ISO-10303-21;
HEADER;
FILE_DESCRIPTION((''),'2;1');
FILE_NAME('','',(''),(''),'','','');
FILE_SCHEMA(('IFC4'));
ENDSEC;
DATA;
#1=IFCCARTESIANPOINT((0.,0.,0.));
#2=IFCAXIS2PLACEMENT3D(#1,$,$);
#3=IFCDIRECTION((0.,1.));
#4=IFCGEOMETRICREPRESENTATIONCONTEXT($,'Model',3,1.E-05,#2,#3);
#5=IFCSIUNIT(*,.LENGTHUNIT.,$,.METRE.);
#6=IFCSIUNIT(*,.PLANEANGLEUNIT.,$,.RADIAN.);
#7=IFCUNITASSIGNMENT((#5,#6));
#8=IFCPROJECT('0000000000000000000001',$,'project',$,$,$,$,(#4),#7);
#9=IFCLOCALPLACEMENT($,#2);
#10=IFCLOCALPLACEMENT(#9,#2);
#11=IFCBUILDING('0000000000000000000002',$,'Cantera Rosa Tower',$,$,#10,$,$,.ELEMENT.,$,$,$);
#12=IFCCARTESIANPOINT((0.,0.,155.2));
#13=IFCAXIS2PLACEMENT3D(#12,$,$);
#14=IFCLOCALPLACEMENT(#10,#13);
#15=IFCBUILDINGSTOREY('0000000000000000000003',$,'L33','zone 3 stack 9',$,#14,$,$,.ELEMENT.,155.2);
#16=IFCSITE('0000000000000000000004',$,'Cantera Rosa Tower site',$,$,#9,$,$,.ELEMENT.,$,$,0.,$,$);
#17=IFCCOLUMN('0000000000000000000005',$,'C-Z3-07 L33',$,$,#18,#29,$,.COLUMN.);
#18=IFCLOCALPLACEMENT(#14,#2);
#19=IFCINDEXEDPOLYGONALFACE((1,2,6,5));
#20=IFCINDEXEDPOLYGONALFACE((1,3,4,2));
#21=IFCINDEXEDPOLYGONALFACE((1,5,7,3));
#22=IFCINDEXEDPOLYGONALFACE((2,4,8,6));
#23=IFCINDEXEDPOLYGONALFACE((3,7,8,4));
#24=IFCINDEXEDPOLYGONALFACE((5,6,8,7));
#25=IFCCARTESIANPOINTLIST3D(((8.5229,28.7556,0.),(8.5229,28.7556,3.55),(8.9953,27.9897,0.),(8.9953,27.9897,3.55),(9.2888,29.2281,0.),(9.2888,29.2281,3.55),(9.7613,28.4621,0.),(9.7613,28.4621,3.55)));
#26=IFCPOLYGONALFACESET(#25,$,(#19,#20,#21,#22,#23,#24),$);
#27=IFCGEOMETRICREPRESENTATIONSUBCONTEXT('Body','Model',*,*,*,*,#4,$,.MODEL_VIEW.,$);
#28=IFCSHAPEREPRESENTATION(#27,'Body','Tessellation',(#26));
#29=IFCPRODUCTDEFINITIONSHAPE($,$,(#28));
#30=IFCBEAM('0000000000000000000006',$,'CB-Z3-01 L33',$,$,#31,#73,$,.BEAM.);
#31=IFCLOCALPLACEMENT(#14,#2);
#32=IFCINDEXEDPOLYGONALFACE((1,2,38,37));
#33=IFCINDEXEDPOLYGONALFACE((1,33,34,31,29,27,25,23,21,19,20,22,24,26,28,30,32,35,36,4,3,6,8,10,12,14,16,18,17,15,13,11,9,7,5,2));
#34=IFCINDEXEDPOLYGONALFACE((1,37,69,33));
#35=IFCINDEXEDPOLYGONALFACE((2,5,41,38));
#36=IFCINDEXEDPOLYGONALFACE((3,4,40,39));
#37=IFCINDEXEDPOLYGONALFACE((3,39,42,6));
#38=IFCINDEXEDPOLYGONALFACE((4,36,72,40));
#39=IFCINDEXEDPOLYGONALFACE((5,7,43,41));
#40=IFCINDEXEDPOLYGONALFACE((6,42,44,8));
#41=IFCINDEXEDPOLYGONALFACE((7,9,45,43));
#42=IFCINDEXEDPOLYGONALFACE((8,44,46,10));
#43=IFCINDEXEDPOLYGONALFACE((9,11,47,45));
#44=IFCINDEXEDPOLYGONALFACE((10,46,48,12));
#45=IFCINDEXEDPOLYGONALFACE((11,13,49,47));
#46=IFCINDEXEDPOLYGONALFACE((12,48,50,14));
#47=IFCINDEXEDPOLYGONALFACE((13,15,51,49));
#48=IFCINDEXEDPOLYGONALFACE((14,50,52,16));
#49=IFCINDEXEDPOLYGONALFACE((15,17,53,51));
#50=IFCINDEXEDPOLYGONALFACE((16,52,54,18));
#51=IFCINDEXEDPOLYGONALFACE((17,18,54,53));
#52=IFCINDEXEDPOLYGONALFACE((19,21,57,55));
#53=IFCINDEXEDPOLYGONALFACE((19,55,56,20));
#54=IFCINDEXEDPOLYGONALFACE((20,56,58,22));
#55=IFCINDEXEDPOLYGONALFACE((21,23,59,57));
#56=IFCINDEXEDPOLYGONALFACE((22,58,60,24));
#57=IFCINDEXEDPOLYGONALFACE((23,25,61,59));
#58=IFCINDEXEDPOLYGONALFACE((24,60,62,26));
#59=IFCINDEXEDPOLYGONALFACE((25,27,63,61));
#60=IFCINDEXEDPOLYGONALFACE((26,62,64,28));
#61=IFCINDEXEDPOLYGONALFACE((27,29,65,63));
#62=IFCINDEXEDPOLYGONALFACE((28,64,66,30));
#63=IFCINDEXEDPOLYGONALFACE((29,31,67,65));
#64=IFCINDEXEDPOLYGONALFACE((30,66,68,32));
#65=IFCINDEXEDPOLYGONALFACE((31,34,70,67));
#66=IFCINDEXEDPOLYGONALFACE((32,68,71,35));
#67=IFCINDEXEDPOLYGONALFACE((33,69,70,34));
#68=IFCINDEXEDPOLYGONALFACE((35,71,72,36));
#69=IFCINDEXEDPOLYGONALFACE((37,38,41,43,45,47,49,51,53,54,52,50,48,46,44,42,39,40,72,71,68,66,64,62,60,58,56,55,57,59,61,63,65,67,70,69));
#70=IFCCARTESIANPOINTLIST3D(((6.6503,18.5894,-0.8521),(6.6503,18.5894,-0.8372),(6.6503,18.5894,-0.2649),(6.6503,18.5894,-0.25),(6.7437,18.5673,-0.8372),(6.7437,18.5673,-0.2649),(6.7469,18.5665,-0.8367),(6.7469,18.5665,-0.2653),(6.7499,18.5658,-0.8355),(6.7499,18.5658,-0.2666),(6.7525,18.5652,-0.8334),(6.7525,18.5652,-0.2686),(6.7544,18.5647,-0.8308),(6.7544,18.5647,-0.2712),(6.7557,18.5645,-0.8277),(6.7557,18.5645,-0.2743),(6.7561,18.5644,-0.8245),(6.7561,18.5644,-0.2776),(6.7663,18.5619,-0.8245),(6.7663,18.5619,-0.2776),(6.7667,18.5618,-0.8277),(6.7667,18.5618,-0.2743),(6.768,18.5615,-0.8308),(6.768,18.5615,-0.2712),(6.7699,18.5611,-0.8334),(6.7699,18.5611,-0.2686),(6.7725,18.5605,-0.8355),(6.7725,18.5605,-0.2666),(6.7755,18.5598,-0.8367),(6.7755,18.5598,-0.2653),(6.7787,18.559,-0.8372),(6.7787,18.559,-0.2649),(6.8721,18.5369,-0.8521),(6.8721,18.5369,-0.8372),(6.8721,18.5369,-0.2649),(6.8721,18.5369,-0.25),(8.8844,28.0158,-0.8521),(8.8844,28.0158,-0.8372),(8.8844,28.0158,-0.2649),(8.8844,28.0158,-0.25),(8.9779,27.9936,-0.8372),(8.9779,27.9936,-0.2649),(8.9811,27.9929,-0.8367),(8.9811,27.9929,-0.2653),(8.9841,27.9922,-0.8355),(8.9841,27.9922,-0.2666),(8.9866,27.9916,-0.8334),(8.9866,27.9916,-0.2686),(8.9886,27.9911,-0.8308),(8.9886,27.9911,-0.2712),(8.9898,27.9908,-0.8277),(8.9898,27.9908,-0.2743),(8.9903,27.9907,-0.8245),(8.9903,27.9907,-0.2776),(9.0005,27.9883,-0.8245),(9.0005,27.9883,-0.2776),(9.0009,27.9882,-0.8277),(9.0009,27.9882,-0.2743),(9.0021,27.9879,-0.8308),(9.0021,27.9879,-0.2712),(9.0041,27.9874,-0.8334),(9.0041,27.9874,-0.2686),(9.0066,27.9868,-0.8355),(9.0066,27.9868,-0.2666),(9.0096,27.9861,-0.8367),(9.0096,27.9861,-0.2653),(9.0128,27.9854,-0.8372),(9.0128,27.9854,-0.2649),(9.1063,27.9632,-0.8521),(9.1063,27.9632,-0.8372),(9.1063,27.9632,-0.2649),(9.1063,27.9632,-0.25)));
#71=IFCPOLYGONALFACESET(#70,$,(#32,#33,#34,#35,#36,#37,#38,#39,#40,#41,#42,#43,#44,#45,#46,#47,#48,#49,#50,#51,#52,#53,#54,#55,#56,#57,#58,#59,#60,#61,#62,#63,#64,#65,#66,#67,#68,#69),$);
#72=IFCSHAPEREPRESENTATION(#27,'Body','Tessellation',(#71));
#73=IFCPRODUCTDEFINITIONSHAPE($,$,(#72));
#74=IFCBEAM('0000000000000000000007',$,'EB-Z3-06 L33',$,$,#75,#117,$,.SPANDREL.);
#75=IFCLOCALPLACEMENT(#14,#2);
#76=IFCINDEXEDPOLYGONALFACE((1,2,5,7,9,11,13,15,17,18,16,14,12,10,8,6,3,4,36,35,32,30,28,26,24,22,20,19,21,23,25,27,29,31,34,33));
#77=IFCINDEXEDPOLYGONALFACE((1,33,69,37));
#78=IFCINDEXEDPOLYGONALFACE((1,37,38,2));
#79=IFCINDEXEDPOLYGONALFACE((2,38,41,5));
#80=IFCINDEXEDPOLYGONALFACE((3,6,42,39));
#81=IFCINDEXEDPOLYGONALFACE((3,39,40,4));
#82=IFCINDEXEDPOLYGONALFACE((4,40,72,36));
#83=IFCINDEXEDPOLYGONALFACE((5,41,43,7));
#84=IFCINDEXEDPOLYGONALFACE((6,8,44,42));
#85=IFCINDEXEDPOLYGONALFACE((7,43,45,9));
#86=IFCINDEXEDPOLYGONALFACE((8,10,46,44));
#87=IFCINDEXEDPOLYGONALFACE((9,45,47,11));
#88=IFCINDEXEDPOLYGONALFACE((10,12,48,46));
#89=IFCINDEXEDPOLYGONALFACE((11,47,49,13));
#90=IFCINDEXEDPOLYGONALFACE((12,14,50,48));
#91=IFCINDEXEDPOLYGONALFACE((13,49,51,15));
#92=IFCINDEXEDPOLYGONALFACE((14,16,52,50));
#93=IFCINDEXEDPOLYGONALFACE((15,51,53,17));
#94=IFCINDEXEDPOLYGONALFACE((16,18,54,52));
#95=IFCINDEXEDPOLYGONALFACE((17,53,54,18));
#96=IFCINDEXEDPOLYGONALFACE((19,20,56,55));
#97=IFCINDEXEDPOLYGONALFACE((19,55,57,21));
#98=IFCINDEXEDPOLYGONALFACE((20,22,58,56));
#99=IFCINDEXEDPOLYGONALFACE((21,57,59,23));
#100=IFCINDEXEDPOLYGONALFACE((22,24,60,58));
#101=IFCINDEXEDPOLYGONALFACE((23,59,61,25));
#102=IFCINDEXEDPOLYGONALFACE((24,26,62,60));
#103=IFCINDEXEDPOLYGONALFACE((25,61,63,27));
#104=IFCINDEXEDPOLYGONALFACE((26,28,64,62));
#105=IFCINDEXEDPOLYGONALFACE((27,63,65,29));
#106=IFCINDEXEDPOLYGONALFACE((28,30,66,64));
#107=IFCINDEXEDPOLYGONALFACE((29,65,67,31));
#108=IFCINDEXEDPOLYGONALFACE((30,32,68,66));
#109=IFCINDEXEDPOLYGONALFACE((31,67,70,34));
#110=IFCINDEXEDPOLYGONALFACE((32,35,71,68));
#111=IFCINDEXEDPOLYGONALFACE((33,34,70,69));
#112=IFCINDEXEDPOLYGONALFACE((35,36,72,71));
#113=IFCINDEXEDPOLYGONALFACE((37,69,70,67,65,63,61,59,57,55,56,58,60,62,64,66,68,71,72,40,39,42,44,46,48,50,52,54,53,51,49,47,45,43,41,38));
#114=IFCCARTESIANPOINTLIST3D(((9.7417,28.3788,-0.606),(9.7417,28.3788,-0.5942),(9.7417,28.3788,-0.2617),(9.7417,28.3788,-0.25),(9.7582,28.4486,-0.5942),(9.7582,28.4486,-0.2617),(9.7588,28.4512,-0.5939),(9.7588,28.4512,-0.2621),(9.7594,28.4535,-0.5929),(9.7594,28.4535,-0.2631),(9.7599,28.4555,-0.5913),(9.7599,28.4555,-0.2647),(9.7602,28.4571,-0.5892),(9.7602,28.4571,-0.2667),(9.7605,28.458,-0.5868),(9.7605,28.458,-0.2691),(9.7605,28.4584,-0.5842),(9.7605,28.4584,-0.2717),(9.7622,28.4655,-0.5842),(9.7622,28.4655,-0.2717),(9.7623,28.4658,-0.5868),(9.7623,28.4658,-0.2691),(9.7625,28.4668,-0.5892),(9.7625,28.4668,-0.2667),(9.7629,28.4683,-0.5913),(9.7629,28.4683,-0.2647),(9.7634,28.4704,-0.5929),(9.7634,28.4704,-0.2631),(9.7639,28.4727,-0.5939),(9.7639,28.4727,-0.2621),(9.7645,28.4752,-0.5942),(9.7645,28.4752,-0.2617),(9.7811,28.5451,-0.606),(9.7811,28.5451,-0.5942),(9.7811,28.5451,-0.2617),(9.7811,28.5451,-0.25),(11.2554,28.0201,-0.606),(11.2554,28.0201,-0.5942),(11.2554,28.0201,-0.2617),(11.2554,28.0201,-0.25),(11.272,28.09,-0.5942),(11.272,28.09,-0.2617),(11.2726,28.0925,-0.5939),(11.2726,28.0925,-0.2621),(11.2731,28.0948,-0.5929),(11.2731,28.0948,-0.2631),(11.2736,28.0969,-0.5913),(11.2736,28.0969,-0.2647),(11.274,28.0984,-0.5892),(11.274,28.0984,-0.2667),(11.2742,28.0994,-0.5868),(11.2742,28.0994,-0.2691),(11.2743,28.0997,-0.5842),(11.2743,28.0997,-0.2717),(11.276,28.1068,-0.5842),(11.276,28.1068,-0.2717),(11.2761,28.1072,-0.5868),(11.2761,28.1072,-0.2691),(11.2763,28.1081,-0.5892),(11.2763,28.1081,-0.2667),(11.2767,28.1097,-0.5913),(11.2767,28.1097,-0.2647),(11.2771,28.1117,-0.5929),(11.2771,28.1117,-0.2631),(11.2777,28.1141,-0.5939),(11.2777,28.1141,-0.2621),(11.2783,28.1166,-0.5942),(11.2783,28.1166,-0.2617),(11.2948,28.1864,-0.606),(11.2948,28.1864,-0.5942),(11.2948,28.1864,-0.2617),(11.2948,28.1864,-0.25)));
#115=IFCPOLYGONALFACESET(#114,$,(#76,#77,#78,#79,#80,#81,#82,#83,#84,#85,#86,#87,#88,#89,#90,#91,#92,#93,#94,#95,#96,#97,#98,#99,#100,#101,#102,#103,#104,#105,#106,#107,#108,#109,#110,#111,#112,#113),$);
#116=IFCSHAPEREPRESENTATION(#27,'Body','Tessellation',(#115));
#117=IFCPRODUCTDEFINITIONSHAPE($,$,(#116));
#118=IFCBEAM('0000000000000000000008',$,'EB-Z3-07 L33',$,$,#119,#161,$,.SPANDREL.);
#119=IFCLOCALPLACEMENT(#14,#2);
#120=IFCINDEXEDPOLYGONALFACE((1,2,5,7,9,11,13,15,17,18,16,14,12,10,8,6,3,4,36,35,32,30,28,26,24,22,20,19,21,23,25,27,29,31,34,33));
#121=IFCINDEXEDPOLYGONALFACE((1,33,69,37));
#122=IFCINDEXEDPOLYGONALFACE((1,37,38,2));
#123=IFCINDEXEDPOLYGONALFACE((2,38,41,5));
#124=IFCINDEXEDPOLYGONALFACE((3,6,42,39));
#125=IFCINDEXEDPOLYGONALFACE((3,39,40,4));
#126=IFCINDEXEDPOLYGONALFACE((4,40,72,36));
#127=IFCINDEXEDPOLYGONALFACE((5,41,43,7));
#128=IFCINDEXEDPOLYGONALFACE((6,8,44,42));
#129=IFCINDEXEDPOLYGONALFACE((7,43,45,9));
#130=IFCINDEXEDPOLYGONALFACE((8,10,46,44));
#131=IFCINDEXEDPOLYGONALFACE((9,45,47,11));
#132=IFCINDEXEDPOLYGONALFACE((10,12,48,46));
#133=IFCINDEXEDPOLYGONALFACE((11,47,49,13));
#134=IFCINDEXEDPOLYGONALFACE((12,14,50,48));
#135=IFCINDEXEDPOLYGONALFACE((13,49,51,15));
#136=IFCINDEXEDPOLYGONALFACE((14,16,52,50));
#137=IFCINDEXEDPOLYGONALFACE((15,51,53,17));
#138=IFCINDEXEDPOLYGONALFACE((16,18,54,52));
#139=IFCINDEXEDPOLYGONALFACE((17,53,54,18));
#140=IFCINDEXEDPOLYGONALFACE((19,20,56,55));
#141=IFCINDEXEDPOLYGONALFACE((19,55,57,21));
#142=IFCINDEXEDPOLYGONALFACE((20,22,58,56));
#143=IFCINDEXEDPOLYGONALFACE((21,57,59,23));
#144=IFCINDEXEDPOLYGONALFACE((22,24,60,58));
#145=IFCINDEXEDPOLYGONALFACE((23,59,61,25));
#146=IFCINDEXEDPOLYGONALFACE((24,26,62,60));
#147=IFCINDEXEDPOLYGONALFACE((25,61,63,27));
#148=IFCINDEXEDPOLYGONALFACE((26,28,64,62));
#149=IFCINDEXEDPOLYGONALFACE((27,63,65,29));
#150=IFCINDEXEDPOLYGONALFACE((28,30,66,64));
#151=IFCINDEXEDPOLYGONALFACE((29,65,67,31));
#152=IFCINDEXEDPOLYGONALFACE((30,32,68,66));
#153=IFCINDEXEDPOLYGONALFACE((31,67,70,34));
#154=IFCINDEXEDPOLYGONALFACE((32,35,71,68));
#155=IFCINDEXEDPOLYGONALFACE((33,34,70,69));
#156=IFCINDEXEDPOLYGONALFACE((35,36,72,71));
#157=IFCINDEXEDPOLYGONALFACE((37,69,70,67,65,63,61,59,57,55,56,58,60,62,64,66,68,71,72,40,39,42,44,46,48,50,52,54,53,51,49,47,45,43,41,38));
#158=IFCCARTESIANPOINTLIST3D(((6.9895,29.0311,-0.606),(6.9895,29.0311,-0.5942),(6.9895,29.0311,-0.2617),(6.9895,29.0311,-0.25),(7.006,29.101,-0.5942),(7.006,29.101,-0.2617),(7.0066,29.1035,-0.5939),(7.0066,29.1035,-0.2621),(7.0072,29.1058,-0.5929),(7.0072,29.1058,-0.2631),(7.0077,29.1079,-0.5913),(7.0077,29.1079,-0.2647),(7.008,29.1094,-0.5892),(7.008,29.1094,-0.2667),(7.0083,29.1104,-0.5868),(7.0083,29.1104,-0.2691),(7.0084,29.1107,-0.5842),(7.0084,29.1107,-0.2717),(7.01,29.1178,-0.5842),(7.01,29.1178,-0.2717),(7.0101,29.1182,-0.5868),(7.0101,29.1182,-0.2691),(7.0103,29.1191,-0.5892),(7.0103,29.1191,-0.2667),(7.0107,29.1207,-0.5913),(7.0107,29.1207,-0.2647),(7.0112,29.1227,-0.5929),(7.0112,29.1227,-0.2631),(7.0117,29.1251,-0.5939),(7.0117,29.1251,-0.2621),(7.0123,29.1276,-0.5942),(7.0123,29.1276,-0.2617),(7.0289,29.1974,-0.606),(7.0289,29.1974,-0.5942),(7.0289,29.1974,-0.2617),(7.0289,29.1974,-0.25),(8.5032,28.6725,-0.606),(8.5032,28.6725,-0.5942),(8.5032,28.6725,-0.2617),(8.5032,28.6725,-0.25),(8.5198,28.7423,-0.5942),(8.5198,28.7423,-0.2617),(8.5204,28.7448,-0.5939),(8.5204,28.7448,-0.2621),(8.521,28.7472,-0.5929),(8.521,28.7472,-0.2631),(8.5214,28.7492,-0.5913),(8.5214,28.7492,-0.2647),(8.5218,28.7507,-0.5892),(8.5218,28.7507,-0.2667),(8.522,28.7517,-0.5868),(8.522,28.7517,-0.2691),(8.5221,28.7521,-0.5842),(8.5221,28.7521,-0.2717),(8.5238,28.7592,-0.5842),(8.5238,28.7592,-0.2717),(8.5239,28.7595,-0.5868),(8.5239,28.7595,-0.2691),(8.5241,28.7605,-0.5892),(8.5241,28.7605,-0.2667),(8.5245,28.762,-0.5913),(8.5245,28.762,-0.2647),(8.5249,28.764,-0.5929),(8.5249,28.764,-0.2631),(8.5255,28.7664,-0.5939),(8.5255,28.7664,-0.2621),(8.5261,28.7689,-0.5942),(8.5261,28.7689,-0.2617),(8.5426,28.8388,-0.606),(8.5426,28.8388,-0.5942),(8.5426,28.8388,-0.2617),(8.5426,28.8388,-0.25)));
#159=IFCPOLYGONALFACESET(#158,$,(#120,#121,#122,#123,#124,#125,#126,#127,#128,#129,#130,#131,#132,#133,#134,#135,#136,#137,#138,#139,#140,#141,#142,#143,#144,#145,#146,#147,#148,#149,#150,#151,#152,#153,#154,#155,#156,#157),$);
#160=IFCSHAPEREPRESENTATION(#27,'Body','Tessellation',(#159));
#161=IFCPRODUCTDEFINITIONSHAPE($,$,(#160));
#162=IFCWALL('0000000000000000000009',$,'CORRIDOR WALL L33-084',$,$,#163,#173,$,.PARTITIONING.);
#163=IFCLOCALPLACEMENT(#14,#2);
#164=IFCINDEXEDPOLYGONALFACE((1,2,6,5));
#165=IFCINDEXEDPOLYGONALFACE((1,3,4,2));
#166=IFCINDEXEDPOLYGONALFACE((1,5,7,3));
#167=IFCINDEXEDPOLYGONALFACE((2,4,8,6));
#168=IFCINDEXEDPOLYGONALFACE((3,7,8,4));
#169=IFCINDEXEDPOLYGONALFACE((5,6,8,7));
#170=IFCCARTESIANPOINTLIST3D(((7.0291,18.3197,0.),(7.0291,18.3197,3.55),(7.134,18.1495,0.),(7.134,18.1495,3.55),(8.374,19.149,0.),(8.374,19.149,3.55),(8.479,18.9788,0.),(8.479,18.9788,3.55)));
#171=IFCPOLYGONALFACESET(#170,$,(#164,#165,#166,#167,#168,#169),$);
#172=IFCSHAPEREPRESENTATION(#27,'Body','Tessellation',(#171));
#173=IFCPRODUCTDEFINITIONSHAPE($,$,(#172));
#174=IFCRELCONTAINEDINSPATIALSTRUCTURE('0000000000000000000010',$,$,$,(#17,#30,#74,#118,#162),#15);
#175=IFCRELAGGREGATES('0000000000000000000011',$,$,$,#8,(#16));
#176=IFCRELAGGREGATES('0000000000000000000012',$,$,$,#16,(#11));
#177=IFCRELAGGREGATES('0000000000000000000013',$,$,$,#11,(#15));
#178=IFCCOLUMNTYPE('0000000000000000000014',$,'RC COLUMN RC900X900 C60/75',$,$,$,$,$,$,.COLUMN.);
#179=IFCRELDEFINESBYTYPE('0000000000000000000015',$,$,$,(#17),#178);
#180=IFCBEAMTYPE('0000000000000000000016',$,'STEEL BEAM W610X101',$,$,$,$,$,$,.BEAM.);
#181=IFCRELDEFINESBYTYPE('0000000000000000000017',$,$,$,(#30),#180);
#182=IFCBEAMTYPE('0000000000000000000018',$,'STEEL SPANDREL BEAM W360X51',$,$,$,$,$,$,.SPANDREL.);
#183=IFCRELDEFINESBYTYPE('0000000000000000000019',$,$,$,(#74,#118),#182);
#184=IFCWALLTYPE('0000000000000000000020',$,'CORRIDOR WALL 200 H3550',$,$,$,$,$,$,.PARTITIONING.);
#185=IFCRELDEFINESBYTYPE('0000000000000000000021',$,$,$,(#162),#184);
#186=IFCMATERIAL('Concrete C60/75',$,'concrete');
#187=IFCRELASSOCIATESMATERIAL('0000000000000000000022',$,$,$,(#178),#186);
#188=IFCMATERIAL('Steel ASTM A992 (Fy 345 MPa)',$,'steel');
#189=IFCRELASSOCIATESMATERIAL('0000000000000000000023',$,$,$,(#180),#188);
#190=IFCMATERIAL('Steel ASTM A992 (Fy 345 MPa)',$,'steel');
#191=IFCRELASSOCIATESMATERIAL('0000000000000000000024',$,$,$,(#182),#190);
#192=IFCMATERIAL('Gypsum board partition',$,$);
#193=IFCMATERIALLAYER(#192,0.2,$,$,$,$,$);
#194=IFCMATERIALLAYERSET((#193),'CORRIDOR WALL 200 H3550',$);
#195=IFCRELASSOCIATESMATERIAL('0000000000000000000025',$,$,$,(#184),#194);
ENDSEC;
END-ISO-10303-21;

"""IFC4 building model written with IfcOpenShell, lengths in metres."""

from ifc_helpers import new_model, si_unit, direction, frame, frame_2d, origin, origin_2d, place, context, subcontext, project, spatial, rectangle, i_section, extrude, material, layer, layer_set, material_profile, profile_set, type_object, element, save


model = new_model("IFC4")

# Units and contexts
model_context = context("Model", 3, precision=1e-05, world=origin(), true_north=direction((0.0, 1.0)))
body_context = subcontext(model_context, "Body", "Model", "MODEL_VIEW")
ifc_project = project(units=[si_unit("LENGTHUNIT", "METRE"), si_unit("PLANEANGLEUNIT", "RADIAN")], contexts=[model_context])

# Site, building, storey
site_placement = place(None, origin())
site = spatial("IfcSite", under=ifc_project, at=site_placement, Name="Cantera Rosa Tower site", CompositionType="ELEMENT", RefElevation=0.0)
building_placement = place(site_placement, origin())
building = spatial("IfcBuilding", under=site, at=building_placement, Name="Cantera Rosa Tower", CompositionType="ELEMENT")
storey_placement = place(building_placement, frame((0.0, 0.0, 155.2)))
storey = spatial("IfcBuildingStorey", under=building, at=storey_placement, Name="L33", Description="zone 3 stack 9", CompositionType="ELEMENT", Elevation=155.2)

# Column
ifc_material_1 = material(Name="Concrete C60/75", Category="concrete")
ifc_material_profile_1 = material_profile(ifc_material_1, rectangle(XDim=0.8999, YDim=0.8999, at=origin_2d()), Name="RC COLUMN RC900X900 C60/75")
ifc_profile_set_1 = profile_set([ifc_material_profile_1], Name="Concrete C60/75")
column_type = type_object("IfcColumnType", Name="RC COLUMN RC900X900 C60/75", PredefinedType="COLUMN", material=ifc_profile_set_1)
column_placement = place(storey_placement, frame((9.1421, 28.6089, 0.0), z_axis=(0.0, 0.0, 1.0), x_axis=(0.851117, 0.524977, 0.0)))
element("IfcColumn", 1, at=column_placement, inside=storey, type_object=column_type, Name="C-Z3-07 L33", PredefinedType="COLUMN", context=body_context, shape_type="SweptSolid", body=[
    extrude(rectangle(XDim=0.8999, YDim=0.8999, at=origin_2d()), origin(), (0.0, 0.0, 1.0), 3.55),
])

# Beams
ifc_material_2 = material(Name="Steel ASTM A992 (Fy 345 MPa)", Category="steel")
ifc_material_profile_2 = material_profile(ifc_material_2, i_section(OverallWidth=0.228, OverallDepth=0.6021, WebThickness=0.0105, FlangeThickness=0.0149, FilletRadius=0.0127, at=origin_2d()), Name="W610X101")
ifc_profile_set_2 = profile_set([ifc_material_profile_2], Name="Steel ASTM A992 (Fy 345 MPa)")
beam_type_1 = type_object("IfcBeamType", Name="STEEL BEAM W610X101", PredefinedType="BEAM", material=ifc_profile_set_2)
beam_placement = place(storey_placement, frame((8.9954, 27.9895, -0.551), z_axis=(-0.230622, -0.973043, 0.0), x_axis=(0.973043, -0.230622, 0.0)))
element("IfcBeam", 2, at=beam_placement, inside=storey, type_object=beam_type_1, Name="CB-Z3-01 L33", PredefinedType="BEAM", context=body_context, shape_type="SweptSolid", body=[
    extrude(i_section(OverallWidth=0.228, OverallDepth=0.6021, WebThickness=0.0105, FlangeThickness=0.0149, FilletRadius=0.0127, at=origin_2d()), origin(), (0.0, 0.0, 1.0), 9.6875),
])
ifc_material_3 = material(Name="Steel ASTM A992 (Fy 345 MPa)", Category="steel")
ifc_material_profile_3 = material_profile(ifc_material_3, i_section(OverallWidth=0.1709, OverallDepth=0.356, WebThickness=0.0073, FlangeThickness=0.0117, FilletRadius=0.01, at=origin_2d()), Name="W360X51")
ifc_profile_set_3 = profile_set([ifc_material_profile_3], Name="Steel ASTM A992 (Fy 345 MPa)")
beam_type_2 = type_object("IfcBeamType", Name="STEEL SPANDREL BEAM W360X51", PredefinedType="SPANDREL", material=ifc_profile_set_3)
for number, where, z_axis, x_axis, name in (
    (3, (11.2751, 28.1033, -0.428), (-0.97306, 0.230552, 0.0), (-0.230552, -0.97306, 0.0), "EB-Z3-06 L33"),
    (4, (8.5229, 28.7556, -0.428), (-0.97306, 0.230552, 0.0), (-0.230552, -0.97306, 0.0), "EB-Z3-07 L33"),
):
    element("IfcBeam", number, at=place(storey_placement, frame(where, z_axis=z_axis, x_axis=x_axis)), inside=storey, type_object=beam_type_2, Name=name, PredefinedType="SPANDREL", context=body_context, shape_type="SweptSolid", body=[
        extrude(i_section(OverallWidth=0.1709, OverallDepth=0.356, WebThickness=0.0073, FlangeThickness=0.0117, FilletRadius=0.01, at=origin_2d()), origin(), (0.0, 0.0, 1.0), 1.5557),
    ])

# Wall
ifc_material_4 = material(Name="Gypsum board partition")
ifc_layer_1 = layer(ifc_material_4, 0.2)
ifc_layer_set_1 = layer_set([ifc_layer_1], Name="CORRIDOR WALL 200 H3550")
wall_type_1 = type_object("IfcWallType", Name="CORRIDOR WALL 200 H3550", PredefinedType="PARTITIONING", material=ifc_layer_set_1)
wall_1_placement = place(storey_placement, frame((7.0815, 18.2346, 0.0), z_axis=(0.0, 0.0, 1.0), x_axis=(0.851186, 0.524864, 0.0)))
element("IfcWall", 5, at=wall_1_placement, inside=storey, type_object=wall_type_1, Name="CORRIDOR WALL L33-084", PredefinedType="PARTITIONING", context=body_context, shape_type="SweptSolid", body=[
    extrude(rectangle(XDim=1.5801, YDim=0.2, at=frame_2d((0.79, 0.0))), origin(), (0.0, 0.0, 1.0), 3.55),
])

save(model, "model.ifc")
